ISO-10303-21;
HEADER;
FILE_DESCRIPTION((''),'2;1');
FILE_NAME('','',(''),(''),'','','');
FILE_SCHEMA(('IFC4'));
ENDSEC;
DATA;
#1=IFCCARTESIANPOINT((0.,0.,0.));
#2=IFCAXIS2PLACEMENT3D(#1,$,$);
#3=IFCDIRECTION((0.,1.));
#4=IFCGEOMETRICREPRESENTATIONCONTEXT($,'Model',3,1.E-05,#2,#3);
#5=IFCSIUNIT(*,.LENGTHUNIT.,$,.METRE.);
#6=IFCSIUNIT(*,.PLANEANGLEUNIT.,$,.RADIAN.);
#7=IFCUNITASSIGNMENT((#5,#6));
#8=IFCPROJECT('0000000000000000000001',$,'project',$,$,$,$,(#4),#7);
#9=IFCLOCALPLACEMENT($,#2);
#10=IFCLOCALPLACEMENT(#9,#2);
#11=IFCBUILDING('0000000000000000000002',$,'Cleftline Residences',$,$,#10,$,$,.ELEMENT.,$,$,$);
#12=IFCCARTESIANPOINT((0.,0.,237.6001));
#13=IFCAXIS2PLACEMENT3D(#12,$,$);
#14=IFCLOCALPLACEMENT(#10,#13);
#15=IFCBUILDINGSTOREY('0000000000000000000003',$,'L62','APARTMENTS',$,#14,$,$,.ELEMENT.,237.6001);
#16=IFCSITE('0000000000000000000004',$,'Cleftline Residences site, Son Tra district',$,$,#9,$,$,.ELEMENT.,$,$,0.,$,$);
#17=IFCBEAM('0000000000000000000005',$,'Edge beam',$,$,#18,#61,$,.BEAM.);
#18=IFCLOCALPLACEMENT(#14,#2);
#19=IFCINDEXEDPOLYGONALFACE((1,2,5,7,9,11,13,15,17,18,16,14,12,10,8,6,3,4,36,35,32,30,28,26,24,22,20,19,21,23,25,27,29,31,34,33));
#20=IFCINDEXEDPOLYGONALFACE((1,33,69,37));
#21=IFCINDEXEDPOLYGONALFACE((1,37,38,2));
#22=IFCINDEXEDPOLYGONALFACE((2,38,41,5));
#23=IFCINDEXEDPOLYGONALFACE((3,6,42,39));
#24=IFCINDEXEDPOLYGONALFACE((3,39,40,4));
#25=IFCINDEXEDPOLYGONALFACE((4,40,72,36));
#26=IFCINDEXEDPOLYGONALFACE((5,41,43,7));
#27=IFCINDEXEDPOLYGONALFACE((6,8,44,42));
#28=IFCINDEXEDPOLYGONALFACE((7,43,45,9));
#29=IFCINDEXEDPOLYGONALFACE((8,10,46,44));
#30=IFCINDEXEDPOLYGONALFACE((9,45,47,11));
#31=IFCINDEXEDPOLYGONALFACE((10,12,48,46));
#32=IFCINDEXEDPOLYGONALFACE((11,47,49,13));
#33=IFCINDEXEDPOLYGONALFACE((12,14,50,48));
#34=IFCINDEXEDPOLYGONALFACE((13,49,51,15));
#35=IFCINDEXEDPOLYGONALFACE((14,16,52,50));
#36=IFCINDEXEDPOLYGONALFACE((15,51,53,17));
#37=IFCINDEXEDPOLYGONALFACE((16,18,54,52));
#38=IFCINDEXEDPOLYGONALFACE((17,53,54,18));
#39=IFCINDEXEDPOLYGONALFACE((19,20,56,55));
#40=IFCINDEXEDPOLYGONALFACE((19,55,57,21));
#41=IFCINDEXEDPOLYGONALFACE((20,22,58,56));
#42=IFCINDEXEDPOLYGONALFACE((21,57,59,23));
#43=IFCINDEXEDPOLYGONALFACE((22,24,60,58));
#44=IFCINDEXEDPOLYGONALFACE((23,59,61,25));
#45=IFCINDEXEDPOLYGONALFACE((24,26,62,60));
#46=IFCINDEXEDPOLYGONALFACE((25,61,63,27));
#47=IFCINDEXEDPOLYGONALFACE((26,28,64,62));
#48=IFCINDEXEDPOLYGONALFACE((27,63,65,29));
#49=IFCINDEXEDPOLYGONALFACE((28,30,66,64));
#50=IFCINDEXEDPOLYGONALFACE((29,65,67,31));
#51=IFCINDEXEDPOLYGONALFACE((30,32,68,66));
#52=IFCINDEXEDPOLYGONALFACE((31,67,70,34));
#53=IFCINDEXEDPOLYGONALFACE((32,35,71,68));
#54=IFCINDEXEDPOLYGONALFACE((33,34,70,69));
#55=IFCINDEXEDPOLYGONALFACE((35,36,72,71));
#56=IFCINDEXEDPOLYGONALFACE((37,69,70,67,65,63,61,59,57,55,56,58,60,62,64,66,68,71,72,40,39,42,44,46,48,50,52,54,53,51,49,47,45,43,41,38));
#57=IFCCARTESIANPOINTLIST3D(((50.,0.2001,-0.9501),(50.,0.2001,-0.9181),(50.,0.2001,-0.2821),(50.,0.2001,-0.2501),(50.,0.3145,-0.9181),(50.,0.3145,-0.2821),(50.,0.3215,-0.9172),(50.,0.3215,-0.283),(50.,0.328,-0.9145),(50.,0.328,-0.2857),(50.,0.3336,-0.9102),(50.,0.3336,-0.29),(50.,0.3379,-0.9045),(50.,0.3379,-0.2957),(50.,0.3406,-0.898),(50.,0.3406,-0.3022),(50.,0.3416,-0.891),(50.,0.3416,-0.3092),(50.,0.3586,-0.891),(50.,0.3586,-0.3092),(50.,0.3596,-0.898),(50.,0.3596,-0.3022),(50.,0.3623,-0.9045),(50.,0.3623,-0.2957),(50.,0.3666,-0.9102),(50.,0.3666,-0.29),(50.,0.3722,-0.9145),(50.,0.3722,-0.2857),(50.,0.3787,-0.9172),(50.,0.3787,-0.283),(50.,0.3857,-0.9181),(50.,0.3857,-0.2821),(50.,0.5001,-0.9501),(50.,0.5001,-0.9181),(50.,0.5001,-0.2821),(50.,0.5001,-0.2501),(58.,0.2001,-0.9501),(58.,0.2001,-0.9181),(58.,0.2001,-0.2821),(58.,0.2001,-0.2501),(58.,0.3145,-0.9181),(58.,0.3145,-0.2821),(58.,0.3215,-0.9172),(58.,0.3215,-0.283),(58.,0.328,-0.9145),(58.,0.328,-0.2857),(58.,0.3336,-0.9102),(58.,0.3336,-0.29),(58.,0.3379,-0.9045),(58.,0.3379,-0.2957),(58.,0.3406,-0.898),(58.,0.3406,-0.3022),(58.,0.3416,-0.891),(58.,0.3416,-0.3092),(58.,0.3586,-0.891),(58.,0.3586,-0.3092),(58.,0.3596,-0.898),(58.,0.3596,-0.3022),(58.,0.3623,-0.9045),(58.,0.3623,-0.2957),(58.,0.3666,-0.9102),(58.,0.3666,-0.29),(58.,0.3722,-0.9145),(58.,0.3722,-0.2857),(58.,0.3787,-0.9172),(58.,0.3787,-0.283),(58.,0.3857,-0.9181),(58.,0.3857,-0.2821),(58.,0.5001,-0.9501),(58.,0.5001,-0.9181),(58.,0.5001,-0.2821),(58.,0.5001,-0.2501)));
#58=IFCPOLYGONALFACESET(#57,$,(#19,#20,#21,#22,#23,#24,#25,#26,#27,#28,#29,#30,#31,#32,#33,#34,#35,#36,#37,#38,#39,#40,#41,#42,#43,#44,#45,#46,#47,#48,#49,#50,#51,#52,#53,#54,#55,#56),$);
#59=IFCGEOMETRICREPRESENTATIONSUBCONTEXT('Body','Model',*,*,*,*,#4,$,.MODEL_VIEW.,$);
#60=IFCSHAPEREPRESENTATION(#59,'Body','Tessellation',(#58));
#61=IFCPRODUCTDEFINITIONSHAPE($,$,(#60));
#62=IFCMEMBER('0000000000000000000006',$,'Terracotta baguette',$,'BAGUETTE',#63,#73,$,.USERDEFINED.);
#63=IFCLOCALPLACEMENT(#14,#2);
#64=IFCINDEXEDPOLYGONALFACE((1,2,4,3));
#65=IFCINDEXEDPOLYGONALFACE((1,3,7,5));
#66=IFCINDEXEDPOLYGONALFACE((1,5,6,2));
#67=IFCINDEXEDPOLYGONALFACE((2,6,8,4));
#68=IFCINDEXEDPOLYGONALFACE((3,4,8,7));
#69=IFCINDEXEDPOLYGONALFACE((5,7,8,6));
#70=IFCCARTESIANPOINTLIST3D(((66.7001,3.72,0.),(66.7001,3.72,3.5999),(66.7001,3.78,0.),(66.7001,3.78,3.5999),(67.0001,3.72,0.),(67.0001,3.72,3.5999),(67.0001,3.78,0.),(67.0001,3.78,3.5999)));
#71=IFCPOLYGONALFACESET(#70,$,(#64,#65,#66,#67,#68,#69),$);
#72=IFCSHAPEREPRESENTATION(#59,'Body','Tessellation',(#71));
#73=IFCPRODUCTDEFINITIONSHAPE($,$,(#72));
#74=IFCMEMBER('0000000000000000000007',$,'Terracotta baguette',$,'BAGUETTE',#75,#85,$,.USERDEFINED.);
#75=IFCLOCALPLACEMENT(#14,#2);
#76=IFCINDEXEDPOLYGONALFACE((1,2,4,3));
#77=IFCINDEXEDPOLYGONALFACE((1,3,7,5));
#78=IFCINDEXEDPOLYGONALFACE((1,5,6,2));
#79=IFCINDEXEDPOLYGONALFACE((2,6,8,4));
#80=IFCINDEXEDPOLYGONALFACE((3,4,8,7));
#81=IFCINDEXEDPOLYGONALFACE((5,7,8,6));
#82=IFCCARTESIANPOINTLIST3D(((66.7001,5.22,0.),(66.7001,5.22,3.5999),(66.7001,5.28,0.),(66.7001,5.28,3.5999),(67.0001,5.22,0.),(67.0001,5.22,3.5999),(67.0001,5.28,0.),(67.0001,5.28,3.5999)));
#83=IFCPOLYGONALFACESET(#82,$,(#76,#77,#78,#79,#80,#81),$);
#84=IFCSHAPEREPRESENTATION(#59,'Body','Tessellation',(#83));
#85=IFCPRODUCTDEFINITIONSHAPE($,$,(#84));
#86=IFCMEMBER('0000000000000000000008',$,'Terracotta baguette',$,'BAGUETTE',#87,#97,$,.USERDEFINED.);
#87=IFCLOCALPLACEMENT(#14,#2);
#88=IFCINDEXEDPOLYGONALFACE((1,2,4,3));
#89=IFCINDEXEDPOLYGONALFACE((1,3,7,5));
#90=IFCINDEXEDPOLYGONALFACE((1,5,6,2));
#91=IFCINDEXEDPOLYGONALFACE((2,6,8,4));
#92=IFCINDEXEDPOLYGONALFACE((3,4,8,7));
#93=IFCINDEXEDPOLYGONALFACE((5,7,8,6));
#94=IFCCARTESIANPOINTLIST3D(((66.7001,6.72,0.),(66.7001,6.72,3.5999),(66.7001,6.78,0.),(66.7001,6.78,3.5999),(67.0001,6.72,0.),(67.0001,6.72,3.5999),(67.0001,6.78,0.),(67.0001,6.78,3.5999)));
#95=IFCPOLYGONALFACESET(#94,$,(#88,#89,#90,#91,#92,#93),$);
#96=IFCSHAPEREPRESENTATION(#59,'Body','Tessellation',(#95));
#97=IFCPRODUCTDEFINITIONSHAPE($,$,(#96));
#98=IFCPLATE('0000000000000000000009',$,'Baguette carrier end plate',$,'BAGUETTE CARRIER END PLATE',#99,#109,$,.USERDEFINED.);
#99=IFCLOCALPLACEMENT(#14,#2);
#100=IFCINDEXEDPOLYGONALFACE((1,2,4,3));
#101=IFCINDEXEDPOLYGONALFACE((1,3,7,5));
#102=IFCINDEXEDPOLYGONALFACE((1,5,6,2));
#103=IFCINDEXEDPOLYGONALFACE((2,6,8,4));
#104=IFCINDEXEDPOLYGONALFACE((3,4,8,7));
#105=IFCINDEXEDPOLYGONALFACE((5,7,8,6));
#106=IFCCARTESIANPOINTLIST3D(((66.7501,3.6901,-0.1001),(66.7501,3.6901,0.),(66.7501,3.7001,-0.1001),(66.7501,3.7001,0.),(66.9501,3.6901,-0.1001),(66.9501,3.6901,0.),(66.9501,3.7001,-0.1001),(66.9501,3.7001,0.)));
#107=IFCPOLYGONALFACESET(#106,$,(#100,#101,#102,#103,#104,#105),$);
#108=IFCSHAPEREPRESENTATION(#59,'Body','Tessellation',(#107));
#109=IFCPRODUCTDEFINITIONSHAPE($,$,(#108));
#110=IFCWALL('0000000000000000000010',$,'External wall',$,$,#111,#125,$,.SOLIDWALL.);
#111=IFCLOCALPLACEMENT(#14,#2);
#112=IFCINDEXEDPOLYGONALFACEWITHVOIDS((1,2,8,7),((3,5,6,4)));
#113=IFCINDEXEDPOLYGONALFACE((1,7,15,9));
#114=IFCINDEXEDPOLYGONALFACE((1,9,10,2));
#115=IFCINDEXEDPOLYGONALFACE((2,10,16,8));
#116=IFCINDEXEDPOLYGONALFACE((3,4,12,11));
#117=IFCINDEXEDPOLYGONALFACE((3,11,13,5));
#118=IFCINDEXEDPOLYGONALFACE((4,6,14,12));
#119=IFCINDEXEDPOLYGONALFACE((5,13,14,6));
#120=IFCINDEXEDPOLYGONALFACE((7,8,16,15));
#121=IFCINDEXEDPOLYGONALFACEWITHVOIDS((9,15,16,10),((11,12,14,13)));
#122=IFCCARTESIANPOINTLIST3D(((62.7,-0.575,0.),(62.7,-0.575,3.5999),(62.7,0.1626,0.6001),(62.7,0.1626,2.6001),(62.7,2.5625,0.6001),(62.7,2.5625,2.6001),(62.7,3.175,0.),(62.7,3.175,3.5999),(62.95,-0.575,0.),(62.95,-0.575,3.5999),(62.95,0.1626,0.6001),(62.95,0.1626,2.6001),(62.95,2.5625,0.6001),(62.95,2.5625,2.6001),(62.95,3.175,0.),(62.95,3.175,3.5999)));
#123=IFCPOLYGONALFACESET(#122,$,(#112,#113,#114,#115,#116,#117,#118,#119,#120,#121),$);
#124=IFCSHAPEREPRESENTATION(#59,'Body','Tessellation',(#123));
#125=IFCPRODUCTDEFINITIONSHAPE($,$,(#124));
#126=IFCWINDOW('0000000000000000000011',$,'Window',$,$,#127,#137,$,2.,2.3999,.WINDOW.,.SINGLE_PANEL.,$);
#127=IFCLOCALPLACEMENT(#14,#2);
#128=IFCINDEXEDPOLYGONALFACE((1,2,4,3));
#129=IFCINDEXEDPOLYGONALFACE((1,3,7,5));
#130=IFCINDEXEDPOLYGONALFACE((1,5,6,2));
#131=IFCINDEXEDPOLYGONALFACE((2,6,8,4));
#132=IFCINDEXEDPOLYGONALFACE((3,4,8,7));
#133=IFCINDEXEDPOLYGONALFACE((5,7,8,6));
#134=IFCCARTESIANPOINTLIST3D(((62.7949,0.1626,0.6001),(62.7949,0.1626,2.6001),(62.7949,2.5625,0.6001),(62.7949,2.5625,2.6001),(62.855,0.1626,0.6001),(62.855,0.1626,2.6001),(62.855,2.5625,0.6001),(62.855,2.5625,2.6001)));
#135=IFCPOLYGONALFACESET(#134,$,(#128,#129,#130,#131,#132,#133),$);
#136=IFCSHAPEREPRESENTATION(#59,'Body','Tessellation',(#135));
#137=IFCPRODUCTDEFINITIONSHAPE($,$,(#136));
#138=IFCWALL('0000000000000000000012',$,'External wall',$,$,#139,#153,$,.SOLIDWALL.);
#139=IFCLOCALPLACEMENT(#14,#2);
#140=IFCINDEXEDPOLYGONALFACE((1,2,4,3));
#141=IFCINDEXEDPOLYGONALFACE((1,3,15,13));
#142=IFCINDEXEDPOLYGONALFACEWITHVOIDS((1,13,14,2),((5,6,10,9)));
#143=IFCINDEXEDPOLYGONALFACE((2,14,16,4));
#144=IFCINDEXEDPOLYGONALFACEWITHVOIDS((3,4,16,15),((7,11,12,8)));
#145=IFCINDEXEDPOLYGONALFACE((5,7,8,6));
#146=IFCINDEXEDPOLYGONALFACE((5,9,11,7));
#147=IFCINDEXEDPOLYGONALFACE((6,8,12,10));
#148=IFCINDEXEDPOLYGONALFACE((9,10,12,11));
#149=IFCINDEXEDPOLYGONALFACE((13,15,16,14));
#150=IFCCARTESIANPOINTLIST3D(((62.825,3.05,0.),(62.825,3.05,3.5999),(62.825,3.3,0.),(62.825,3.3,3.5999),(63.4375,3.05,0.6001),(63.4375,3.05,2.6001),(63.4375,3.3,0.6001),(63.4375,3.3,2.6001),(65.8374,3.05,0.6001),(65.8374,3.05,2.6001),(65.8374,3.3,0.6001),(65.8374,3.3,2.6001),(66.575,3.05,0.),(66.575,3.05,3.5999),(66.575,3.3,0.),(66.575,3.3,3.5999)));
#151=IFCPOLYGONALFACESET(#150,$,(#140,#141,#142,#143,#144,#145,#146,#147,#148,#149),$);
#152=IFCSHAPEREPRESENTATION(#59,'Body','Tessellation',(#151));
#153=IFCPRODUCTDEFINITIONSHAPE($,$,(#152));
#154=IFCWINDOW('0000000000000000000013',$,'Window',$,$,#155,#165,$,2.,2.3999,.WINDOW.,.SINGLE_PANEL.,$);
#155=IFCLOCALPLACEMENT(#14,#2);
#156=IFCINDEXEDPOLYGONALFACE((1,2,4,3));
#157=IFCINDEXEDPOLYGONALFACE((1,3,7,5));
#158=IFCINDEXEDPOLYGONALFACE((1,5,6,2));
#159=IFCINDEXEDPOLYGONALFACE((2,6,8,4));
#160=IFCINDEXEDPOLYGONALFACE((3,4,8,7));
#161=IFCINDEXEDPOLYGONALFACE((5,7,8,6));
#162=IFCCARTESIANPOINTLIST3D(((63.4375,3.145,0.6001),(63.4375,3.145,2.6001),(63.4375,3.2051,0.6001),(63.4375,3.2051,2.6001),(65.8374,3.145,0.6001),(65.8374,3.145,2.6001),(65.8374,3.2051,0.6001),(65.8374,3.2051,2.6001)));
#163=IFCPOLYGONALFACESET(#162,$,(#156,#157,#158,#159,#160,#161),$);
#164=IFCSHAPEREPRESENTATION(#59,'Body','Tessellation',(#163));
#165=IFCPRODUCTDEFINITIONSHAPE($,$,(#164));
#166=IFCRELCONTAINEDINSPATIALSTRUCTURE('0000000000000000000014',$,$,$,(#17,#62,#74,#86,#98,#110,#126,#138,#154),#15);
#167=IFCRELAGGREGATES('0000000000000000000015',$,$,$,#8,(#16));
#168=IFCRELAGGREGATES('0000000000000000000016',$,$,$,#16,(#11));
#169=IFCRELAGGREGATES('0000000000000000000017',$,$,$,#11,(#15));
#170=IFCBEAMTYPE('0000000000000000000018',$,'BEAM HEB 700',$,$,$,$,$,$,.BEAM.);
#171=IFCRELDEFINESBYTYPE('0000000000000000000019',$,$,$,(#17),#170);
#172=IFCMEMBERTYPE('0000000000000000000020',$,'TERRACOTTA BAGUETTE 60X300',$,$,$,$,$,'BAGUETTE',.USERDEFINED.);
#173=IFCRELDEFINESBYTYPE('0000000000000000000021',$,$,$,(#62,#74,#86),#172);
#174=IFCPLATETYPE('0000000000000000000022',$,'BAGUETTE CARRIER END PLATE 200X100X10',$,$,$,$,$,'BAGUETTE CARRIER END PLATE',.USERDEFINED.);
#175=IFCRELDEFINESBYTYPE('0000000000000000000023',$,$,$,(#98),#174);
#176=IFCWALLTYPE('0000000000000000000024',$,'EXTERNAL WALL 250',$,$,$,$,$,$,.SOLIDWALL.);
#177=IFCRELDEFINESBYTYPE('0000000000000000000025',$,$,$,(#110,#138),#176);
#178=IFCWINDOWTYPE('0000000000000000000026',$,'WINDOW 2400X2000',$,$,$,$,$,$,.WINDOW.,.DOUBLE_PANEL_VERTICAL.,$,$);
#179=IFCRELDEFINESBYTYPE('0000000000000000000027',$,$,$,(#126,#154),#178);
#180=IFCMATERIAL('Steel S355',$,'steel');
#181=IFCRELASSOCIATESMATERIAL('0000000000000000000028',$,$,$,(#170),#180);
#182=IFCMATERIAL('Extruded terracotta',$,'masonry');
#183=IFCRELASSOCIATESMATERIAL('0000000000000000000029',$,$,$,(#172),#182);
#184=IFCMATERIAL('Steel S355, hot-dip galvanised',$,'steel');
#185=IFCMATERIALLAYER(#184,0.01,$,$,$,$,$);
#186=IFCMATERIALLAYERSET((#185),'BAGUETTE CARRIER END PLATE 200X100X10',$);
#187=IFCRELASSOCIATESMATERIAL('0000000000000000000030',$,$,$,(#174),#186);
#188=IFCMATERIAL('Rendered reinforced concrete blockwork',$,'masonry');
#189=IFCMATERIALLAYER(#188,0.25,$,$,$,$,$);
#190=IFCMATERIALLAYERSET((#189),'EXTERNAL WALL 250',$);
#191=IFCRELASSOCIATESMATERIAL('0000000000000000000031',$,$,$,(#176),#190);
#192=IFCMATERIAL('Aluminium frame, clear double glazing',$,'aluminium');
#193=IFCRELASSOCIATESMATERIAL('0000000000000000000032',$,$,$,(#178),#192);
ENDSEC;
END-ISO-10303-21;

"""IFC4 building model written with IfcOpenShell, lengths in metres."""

from ifc_helpers import new_model, si_unit, direction, frame, frame_2d, origin, origin_2d, place, context, subcontext, project, spatial, rectangle, i_section, extrude, material, layer, layer_set, material_profile, profile_set, type_object, element, fill, save


model = new_model("IFC4")

# Units and contexts
model_context = context("Model", 3, precision=1e-05, world=origin(), true_north=direction((0.0, 1.0)))
body_context = subcontext(model_context, "Body", "Model", "MODEL_VIEW")
ifc_project = project(units=[si_unit("LENGTHUNIT", "METRE"), si_unit("PLANEANGLEUNIT", "RADIAN")], contexts=[model_context])

# Site, building, storey
site_placement = place(None, origin())
site = spatial("IfcSite", under=ifc_project, at=site_placement, Name="Cleftline Residences site, Son Tra district", CompositionType="ELEMENT", RefElevation=0.0)
building_placement = place(site_placement, origin())
building = spatial("IfcBuilding", under=site, at=building_placement, Name="Cleftline Residences", CompositionType="ELEMENT")
storey_placement = place(building_placement, frame((0.0, 0.0, 237.6001)))
storey = spatial("IfcBuildingStorey", under=building, at=storey_placement, Name="L62", Description="APARTMENTS", CompositionType="ELEMENT", Elevation=237.6001)

# Beam
ifc_material_1 = material(Name="Steel S355", Category="steel")
ifc_material_profile_1 = material_profile(ifc_material_1, i_section(OverallWidth=0.3, OverallDepth=0.7, WebThickness=0.0171, FlangeThickness=0.032, FilletRadius=0.0271, at=origin_2d()))
ifc_profile_set_1 = profile_set([ifc_material_profile_1], Name="Steel S355")
beam_type = type_object("IfcBeamType", Name="BEAM HEB 700", PredefinedType="BEAM", material=ifc_profile_set_1)
beam_placement = place(storey_placement, frame((58.0, 0.3501, -0.6001), z_axis=(-1.0, 0.0, 0.0), x_axis=(0.0, -1.0, 0.0)))
element("IfcBeam", 1, at=beam_placement, inside=storey, type_object=beam_type, Name="Edge beam", PredefinedType="BEAM", context=body_context, shape_type="SweptSolid", body=[
    extrude(i_section(OverallWidth=0.3, OverallDepth=0.7, WebThickness=0.0171, FlangeThickness=0.032, FilletRadius=0.0271, at=origin_2d()), origin(), (0.0, 0.0, 1.0), 8.0),
])

# Members
ifc_material_2 = material(Name="Extruded terracotta", Category="masonry")
ifc_material_profile_2 = material_profile(ifc_material_2, rectangle(XDim=0.0601, YDim=0.3, at=origin_2d()))
ifc_profile_set_2 = profile_set([ifc_material_profile_2], Name="Extruded terracotta")
member_type_1 = type_object("IfcMemberType", Name="TERRACOTTA BAGUETTE 60X300", ElementType="BAGUETTE", PredefinedType="USERDEFINED", material=ifc_profile_set_2)
for number, where, z_axis, x_axis, name in (
    (2, (66.8501, 3.75, 0.0), (0.0, 0.0, 1.0), (0.0, 1.0, 0.0), "Terracotta baguette"),
    (3, (66.8501, 5.25, 0.0), (0.0, 0.0, 1.0), (0.0, 1.0, 0.0), "Terracotta baguette"),
    (4, (66.8501, 6.75, 0.0), (0.0, 0.0, 1.0), (0.0, 1.0, 0.0), "Terracotta baguette"),
):
    element("IfcMember", number, at=place(storey_placement, frame(where, z_axis=z_axis, x_axis=x_axis)), inside=storey, type_object=member_type_1, Name=name, ObjectType="BAGUETTE", PredefinedType="USERDEFINED", context=body_context, shape_type="SweptSolid", body=[
        extrude(rectangle(XDim=0.0601, YDim=0.3, at=origin_2d()), origin(), (0.0, 0.0, 1.0), 3.5999),
    ])

# Plate
ifc_material_3 = material(Name="Steel S355, hot-dip galvanised", Category="steel")
ifc_layer_1 = layer(ifc_material_3, 0.01)
ifc_layer_set_1 = layer_set([ifc_layer_1], Name="BAGUETTE CARRIER END PLATE 200X100X10")
plate_type = type_object("IfcPlateType", Name="BAGUETTE CARRIER END PLATE 200X100X10", ElementType="BAGUETTE CARRIER END PLATE", PredefinedType="USERDEFINED", material=ifc_layer_set_1)
plate_placement = place(storey_placement, frame((66.8501, 3.6951, -0.1001), z_axis=(0.0, 0.0, 1.0), x_axis=(1.0, 0.0, 0.0)))
element("IfcPlate", 5, at=plate_placement, inside=storey, type_object=plate_type, Name="Baguette carrier end plate", ObjectType="BAGUETTE CARRIER END PLATE", PredefinedType="USERDEFINED", context=body_context, shape_type="SweptSolid", body=[
    extrude(rectangle(XDim=0.2, YDim=0.01, at=origin_2d()), origin(), (0.0, 0.0, 1.0), 0.1001),
])

# Walls, openings, windows
ifc_material_4 = material(Name="Rendered reinforced concrete blockwork", Category="masonry")
ifc_layer_2 = layer(ifc_material_4, 0.25)
ifc_layer_set_2 = layer_set([ifc_layer_2], Name="EXTERNAL WALL 250")
wall_type_1 = type_object("IfcWallType", Name="EXTERNAL WALL 250", PredefinedType="SOLIDWALL", material=ifc_layer_set_2)
wall_1_placement = place(storey_placement, frame((62.825, -0.575, 0.0), z_axis=(0.0, 0.0, 1.0), x_axis=(0.0, 1.0, 0.0)))
wall_1 = element("IfcWall", 6, at=wall_1_placement, inside=storey, type_object=wall_type_1, Name="External wall", PredefinedType="SOLIDWALL", context=body_context, shape_type="SweptSolid", body=[
    extrude(rectangle(XDim=3.75, YDim=0.25, at=frame_2d((1.875, 0.0))), origin(), (0.0, 0.0, 1.0), 3.5999),
])
opening_1_placement = place(wall_1_placement, frame((0.7375, 0.0, 0.6001)))
opening_1 = element("IfcOpeningElement", 7, at=opening_1_placement, cuts=wall_1, PredefinedType="OPENING", context=body_context, shape_type="SweptSolid", body=[
    extrude(rectangle(XDim=2.3999, YDim=2.0, at=frame_2d((1.2, 1.0))), frame((0.0, 0.135, 0.0), z_axis=(0.0, -1.0, 0.0), x_axis=(1.0, 0.0, 0.0)), (0.0, 0.0, 1.0), 0.27),
])
ifc_material_5 = material(Name="Aluminium frame, clear double glazing", Category="aluminium")
window_type_1 = type_object("IfcWindowType", Name="WINDOW 2400X2000", PartitioningType="DOUBLE_PANEL_VERTICAL", PredefinedType="WINDOW", material=ifc_material_5)
window_1_placement = place(opening_1_placement, origin())
window_1 = element("IfcWindow", 8, at=window_1_placement, inside=storey, type_object=window_type_1, Name="Window", OverallHeight=2.0, OverallWidth=2.3999, PartitioningType="SINGLE_PANEL", PredefinedType="WINDOW", context=body_context, shape_type="SweptSolid", body=[
    extrude(rectangle(XDim=2.3999, YDim=2.0, at=frame_2d((1.2, 1.0))), frame((0.0, 0.03, 0.0), z_axis=(0.0, -1.0, 0.0), x_axis=(1.0, 0.0, 0.0)), (0.0, 0.0, 1.0), 0.0601),
])
fill(opening_1, window_1)
wall_2_placement = place(storey_placement, frame((62.825, 3.175, 0.0), z_axis=(0.0, 0.0, 1.0), x_axis=(1.0, 0.0, 0.0)))
wall_2 = element("IfcWall", 9, at=wall_2_placement, inside=storey, type_object=wall_type_1, Name="External wall", PredefinedType="SOLIDWALL", context=body_context, shape_type="SweptSolid", body=[
    extrude(rectangle(XDim=3.75, YDim=0.25, at=frame_2d((1.875, 0.0))), origin(), (0.0, 0.0, 1.0), 3.5999),
])
opening_2_placement = place(wall_2_placement, frame((0.6125, 0.0, 0.6001)))
opening_2 = element("IfcOpeningElement", 10, at=opening_2_placement, cuts=wall_2, PredefinedType="OPENING", context=body_context, shape_type="SweptSolid", body=[
    extrude(rectangle(XDim=2.3999, YDim=2.0, at=frame_2d((1.2, 1.0))), frame((0.0, 0.135, 0.0), z_axis=(0.0, -1.0, 0.0), x_axis=(1.0, 0.0, 0.0)), (0.0, 0.0, 1.0), 0.27),
])
window_2_placement = place(opening_2_placement, origin())
window_2 = element("IfcWindow", 11, at=window_2_placement, inside=storey, type_object=window_type_1, Name="Window", OverallHeight=2.0, OverallWidth=2.3999, PartitioningType="SINGLE_PANEL", PredefinedType="WINDOW", context=body_context, shape_type="SweptSolid", body=[
    extrude(rectangle(XDim=2.3999, YDim=2.0, at=frame_2d((1.2, 1.0))), frame((0.0, 0.03, 0.0), z_axis=(0.0, -1.0, 0.0), x_axis=(1.0, 0.0, 0.0)), (0.0, 0.0, 1.0), 0.0601),
])
fill(opening_2, window_2)

save(model, "model.ifc")
